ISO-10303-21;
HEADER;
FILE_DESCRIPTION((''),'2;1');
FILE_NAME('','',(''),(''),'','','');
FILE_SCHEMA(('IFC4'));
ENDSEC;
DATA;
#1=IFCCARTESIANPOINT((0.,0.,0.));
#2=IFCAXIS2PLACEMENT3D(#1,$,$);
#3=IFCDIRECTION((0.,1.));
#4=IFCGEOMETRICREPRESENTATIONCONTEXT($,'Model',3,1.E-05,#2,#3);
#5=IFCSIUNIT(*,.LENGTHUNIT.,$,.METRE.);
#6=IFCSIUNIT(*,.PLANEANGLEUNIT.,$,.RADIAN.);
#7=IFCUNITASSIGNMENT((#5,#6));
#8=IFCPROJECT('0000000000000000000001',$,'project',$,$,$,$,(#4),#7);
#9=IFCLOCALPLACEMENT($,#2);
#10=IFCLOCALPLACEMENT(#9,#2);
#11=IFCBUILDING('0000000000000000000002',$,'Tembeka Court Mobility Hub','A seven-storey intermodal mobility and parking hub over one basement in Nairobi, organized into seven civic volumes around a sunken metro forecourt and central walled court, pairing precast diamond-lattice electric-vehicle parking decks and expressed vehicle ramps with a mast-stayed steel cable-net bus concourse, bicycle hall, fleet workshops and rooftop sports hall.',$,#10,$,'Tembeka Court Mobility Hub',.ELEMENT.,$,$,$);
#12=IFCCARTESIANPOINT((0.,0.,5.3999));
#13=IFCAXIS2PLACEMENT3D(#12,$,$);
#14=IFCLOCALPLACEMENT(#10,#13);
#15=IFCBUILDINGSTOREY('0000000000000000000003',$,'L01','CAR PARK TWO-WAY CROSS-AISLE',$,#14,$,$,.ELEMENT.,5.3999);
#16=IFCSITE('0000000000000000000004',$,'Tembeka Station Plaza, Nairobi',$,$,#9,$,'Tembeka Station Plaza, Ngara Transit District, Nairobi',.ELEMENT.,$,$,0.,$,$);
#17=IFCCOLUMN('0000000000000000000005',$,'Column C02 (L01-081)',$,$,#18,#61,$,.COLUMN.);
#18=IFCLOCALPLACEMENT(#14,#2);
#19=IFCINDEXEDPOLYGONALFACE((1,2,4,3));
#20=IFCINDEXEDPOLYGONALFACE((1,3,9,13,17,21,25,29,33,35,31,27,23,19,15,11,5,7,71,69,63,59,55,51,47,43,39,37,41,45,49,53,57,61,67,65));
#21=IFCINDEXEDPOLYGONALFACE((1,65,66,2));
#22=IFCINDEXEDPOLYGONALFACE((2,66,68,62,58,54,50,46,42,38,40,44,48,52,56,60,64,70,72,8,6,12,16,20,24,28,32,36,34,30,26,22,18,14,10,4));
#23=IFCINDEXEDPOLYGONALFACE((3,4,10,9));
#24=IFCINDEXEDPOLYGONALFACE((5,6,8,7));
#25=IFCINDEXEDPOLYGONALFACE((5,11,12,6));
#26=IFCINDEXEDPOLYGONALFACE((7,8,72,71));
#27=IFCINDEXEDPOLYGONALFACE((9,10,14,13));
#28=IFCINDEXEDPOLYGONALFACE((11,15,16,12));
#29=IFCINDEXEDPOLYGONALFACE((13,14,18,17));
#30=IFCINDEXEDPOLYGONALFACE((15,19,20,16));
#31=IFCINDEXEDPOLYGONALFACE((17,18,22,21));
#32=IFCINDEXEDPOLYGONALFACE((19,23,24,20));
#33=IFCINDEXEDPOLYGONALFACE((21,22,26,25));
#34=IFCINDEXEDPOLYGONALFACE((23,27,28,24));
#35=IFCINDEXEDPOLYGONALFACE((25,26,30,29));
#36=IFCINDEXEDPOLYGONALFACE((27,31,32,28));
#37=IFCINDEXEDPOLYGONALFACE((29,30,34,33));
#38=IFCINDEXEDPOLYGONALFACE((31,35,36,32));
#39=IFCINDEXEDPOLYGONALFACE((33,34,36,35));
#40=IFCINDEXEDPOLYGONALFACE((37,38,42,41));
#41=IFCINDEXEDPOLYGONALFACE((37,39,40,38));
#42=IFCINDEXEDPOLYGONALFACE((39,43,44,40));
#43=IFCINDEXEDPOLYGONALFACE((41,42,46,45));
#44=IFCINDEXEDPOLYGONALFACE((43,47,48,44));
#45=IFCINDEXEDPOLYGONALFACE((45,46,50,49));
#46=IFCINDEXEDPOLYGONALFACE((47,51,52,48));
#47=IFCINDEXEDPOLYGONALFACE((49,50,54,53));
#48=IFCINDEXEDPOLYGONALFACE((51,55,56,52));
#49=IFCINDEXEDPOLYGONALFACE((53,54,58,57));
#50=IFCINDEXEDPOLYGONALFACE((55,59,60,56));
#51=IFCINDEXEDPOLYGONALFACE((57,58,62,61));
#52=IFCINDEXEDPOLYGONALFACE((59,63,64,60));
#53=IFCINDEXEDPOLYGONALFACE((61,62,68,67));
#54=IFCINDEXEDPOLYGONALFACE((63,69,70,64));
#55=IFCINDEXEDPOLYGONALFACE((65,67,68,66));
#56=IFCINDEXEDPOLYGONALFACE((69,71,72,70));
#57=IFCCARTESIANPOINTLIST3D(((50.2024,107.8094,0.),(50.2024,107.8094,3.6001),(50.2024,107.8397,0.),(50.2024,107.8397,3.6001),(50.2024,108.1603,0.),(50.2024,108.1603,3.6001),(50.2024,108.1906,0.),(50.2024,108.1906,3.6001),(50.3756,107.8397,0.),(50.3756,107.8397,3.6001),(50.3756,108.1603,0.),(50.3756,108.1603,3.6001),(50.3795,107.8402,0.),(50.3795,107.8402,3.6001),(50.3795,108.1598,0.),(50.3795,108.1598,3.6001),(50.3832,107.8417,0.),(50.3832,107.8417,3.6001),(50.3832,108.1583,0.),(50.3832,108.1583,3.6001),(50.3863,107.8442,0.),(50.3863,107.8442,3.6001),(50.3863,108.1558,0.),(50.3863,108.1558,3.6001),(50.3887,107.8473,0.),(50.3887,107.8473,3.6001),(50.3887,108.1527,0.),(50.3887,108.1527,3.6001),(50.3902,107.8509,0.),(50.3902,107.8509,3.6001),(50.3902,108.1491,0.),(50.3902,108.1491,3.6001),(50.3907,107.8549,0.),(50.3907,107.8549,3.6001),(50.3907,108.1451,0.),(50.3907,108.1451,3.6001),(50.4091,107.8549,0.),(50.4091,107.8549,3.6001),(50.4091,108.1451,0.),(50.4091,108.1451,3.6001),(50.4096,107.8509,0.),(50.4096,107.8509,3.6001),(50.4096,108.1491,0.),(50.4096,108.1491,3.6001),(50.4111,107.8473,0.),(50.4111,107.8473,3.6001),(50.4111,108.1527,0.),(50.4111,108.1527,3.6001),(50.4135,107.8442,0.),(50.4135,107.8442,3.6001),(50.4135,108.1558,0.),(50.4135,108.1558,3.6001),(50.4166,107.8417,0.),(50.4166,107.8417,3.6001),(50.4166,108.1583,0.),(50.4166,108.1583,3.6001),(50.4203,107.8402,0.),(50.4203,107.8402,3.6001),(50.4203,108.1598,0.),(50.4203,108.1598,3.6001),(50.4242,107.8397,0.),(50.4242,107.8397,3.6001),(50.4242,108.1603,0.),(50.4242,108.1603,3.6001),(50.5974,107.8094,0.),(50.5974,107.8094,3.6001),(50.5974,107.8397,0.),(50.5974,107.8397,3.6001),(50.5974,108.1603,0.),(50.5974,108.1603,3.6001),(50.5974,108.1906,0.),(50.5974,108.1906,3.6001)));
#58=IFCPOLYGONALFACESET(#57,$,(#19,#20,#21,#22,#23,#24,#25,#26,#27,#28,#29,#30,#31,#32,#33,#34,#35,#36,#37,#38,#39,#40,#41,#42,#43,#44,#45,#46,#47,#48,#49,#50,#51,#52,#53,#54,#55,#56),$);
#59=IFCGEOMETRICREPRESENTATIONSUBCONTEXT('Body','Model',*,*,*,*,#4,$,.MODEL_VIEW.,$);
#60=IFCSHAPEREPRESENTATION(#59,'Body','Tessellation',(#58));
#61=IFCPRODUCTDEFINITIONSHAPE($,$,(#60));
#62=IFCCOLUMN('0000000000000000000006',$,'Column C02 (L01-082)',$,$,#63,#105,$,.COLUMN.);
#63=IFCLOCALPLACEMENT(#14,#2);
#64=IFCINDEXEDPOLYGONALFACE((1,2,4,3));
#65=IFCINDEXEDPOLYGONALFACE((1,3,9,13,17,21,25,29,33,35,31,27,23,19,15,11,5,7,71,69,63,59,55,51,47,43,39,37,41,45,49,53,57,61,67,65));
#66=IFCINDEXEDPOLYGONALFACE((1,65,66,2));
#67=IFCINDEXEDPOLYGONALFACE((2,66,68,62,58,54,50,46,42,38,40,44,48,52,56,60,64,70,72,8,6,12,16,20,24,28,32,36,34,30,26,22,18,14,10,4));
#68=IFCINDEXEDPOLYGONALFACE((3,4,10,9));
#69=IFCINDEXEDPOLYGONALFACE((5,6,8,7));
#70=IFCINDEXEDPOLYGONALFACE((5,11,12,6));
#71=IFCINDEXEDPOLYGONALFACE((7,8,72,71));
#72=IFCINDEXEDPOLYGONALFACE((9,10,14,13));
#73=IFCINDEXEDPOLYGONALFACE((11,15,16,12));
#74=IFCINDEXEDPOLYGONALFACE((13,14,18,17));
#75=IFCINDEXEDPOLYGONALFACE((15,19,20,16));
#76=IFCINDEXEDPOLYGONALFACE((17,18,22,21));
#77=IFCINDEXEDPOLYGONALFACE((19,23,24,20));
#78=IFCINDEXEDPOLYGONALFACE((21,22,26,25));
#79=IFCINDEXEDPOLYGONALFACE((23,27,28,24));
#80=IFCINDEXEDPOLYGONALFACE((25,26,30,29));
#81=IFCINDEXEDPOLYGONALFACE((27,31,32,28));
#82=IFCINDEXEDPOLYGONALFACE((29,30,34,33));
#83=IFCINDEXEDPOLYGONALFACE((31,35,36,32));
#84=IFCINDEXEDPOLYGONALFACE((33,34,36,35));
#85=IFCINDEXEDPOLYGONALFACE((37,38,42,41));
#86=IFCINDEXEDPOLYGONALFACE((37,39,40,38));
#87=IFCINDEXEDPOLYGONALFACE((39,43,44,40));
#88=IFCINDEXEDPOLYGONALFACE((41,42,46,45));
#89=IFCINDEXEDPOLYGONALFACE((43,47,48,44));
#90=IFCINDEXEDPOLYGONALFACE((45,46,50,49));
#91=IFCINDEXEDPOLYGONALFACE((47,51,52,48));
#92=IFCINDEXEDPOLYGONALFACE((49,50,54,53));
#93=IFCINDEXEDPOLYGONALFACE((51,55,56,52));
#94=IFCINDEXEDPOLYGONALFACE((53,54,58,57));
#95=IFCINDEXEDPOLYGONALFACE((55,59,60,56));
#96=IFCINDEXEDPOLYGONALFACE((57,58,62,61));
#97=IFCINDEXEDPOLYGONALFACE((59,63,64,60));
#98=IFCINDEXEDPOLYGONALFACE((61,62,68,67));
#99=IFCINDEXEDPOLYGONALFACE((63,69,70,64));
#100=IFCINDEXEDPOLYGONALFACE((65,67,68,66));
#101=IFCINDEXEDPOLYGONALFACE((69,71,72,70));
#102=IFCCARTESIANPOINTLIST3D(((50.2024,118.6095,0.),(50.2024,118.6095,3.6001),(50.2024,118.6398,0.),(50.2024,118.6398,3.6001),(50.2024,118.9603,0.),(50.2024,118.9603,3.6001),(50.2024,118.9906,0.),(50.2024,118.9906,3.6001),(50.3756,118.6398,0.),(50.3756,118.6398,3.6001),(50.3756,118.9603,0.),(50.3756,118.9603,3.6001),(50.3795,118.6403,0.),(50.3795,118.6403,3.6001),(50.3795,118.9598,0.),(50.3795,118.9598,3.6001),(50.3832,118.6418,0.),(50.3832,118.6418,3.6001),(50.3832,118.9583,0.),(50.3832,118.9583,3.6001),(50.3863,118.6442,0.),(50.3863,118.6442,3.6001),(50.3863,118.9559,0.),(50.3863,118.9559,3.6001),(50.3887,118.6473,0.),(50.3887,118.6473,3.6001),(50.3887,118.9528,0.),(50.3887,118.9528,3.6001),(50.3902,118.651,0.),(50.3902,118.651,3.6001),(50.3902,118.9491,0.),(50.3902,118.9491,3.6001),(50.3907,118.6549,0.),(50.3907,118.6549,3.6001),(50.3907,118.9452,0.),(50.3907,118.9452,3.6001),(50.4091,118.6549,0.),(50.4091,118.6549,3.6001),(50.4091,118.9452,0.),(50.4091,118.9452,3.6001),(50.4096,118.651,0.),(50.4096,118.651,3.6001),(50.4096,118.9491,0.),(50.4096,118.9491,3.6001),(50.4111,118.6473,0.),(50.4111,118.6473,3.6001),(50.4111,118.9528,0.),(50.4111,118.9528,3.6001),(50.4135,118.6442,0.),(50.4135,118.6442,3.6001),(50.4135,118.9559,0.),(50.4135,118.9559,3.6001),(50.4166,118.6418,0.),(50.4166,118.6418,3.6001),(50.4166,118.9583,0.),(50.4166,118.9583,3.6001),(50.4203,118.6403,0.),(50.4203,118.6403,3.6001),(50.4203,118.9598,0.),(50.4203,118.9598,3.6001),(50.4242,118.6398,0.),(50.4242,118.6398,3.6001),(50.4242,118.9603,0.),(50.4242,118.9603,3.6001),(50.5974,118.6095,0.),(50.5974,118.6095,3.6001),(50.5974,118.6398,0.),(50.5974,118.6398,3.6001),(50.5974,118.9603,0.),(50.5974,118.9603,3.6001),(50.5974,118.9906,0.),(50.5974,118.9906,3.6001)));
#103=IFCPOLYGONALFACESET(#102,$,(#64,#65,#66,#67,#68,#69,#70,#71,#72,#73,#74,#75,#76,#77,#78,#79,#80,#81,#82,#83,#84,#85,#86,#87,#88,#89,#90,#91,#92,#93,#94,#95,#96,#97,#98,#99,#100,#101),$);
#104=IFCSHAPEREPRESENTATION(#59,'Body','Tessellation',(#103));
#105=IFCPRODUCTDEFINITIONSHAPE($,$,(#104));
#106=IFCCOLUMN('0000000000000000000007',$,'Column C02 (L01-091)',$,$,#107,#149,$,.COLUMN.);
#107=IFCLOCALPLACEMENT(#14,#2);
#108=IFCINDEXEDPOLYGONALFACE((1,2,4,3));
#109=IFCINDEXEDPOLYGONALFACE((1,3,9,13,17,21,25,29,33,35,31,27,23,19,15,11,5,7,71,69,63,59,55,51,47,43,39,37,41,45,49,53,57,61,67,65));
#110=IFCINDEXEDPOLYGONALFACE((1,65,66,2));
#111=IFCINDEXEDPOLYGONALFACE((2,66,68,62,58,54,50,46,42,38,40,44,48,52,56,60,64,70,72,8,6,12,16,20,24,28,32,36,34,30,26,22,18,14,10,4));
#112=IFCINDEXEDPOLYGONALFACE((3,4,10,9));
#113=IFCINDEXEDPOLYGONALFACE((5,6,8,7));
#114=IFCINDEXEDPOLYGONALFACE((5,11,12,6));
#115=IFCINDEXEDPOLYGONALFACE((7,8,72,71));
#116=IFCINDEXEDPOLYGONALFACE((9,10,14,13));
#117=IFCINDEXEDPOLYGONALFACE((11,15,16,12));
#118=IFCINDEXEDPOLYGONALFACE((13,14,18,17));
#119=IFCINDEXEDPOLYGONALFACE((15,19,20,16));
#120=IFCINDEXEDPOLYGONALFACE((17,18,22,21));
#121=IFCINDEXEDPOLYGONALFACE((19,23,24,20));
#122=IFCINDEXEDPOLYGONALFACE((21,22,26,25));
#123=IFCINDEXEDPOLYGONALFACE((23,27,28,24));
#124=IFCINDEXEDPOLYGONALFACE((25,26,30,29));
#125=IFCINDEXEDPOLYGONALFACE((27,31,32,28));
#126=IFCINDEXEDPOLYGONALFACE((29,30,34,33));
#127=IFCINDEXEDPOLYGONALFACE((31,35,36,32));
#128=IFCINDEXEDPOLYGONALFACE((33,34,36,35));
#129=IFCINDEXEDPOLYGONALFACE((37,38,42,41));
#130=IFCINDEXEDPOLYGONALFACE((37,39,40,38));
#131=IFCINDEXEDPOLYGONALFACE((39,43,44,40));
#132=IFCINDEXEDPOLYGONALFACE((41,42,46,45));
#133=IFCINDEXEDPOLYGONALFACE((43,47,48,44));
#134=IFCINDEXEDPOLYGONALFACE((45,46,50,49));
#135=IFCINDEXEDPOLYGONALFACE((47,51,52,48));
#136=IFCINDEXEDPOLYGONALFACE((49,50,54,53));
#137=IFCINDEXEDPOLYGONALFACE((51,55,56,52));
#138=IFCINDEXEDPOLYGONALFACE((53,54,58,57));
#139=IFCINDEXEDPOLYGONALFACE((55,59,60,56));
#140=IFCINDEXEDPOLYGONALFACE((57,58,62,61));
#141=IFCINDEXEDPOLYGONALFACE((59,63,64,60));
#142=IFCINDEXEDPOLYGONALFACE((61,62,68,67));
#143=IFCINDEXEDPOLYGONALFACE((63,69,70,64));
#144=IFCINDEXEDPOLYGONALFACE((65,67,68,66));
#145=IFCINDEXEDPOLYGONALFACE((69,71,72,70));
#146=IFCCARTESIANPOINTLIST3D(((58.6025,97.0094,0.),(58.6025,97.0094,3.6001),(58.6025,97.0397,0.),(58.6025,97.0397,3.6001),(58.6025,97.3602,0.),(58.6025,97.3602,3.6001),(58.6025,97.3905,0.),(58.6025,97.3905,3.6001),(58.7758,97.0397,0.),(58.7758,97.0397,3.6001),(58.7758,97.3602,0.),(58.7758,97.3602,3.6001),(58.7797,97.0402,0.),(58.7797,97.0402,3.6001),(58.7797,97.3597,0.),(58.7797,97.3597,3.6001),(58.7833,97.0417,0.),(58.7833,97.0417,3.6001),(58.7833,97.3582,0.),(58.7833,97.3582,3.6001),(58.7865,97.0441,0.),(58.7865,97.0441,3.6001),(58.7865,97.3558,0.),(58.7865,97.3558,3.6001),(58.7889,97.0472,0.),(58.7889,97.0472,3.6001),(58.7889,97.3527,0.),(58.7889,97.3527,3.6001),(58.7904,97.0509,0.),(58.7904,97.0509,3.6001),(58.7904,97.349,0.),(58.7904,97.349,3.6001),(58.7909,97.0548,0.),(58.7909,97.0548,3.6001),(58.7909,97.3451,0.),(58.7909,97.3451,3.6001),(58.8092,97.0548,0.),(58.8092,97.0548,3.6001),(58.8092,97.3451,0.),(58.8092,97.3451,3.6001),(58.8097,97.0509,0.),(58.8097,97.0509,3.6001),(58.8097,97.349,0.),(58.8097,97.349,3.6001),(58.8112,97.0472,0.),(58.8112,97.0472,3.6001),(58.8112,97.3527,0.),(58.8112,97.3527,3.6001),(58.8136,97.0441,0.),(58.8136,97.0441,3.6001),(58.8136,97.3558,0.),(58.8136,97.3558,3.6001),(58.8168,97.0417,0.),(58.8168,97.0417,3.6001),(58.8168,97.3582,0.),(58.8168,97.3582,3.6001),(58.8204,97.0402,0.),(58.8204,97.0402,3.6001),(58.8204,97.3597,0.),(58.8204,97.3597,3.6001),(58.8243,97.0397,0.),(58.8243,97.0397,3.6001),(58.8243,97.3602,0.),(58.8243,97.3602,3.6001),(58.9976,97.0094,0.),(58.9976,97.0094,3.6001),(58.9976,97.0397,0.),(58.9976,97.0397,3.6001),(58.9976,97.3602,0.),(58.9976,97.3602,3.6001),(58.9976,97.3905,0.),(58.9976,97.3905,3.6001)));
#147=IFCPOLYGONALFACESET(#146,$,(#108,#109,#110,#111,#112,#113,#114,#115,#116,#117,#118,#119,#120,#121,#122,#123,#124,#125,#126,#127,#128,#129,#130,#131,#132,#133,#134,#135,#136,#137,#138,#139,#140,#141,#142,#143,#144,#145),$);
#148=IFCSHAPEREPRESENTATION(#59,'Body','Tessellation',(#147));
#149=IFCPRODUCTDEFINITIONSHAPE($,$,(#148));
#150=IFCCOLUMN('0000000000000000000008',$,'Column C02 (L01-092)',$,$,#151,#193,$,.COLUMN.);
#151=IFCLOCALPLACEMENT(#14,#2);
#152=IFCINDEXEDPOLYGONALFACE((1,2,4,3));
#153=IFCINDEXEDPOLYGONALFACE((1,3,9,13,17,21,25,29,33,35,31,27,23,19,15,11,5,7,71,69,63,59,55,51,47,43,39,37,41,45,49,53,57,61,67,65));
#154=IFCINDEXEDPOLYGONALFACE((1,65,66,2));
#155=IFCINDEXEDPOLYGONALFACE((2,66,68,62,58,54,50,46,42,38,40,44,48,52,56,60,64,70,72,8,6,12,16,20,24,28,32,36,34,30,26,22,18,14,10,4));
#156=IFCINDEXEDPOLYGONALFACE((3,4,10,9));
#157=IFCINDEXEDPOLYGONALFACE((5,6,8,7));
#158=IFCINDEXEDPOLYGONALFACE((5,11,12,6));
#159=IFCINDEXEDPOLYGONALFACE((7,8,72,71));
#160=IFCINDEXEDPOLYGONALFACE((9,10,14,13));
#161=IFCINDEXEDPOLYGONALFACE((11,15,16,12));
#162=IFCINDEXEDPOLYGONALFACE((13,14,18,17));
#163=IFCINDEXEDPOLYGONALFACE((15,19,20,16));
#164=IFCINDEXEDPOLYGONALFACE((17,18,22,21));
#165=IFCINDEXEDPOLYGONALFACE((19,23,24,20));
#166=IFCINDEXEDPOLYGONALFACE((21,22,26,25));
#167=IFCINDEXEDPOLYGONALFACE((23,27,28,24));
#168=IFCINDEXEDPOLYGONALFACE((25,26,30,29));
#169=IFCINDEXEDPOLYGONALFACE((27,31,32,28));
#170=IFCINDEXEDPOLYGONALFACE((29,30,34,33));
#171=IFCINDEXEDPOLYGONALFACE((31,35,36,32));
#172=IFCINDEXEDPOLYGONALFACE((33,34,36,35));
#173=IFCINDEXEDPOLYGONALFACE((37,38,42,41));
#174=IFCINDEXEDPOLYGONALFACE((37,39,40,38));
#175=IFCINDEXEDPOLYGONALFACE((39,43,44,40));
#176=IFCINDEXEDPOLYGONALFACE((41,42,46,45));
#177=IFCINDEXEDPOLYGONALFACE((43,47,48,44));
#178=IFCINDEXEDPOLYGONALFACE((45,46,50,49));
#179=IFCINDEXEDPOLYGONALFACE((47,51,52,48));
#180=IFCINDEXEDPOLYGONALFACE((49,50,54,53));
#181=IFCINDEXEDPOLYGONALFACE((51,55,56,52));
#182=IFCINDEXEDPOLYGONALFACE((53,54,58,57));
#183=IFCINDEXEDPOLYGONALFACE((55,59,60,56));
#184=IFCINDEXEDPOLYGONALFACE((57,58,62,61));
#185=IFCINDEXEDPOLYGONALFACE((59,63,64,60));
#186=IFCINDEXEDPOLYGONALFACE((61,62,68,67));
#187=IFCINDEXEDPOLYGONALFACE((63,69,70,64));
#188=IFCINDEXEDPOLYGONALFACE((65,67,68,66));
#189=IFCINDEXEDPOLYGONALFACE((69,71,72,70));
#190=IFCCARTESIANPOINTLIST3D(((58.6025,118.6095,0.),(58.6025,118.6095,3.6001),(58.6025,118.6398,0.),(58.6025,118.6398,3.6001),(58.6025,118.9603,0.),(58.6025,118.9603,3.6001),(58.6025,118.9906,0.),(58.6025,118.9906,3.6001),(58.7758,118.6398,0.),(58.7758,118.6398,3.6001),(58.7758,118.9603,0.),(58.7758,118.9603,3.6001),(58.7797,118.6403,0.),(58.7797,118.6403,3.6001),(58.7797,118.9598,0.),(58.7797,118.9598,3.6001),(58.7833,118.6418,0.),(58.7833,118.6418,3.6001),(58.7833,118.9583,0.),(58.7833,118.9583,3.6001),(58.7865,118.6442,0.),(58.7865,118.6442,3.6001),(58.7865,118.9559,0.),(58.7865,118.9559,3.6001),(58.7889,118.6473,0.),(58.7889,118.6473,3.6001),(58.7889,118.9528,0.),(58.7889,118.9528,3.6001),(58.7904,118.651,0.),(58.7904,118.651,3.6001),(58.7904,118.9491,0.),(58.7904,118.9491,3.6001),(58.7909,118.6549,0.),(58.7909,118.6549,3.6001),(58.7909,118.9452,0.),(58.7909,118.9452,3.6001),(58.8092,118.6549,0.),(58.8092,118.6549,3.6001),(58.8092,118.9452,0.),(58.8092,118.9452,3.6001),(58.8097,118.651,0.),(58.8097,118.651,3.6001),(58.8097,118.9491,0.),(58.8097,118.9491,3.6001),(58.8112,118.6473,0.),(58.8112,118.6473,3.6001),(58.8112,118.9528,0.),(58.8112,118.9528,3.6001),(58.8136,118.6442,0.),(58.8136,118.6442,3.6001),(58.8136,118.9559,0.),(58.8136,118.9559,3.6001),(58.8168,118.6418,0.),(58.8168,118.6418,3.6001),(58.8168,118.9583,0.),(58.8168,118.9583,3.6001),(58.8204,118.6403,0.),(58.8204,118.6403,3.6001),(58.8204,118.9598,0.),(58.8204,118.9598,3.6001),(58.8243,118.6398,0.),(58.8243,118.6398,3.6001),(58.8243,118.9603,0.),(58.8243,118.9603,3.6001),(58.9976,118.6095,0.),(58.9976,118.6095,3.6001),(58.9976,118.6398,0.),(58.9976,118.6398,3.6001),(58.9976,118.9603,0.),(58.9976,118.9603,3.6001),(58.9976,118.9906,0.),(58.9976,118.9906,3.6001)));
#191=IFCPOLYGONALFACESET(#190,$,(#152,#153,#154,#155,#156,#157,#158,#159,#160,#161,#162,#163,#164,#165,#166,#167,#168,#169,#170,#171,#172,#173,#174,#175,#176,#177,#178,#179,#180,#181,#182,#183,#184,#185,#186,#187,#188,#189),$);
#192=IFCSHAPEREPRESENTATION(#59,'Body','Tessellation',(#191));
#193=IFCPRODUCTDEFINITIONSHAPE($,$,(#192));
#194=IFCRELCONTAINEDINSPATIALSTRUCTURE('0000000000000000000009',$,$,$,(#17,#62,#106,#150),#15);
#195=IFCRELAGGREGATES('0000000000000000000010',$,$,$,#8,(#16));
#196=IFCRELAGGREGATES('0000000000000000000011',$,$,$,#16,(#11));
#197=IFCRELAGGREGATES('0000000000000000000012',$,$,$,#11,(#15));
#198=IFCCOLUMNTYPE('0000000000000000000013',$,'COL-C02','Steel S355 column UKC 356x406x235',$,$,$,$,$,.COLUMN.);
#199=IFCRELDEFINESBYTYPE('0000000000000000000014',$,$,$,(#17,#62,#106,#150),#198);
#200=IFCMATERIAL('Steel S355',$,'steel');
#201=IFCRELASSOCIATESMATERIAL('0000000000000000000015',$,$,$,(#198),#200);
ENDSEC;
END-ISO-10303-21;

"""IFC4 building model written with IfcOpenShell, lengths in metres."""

from ifc_helpers import new_model, si_unit, direction, frame, origin, origin_2d, place, context, subcontext, project, spatial, i_section, extrude, material, material_profile, profile_set, type_object, element, save


model = new_model("IFC4")

# Units and contexts
model_context = context("Model", 3, precision=1e-05, world=origin(), true_north=direction((0.0, 1.0)))
body_context = subcontext(model_context, "Body", "Model", "MODEL_VIEW")
ifc_project = project(units=[si_unit("LENGTHUNIT", "METRE"), si_unit("PLANEANGLEUNIT", "RADIAN")], contexts=[model_context])

# Site, building, storey
site_placement = place(None, origin())
site = spatial("IfcSite", under=ifc_project, at=site_placement, Name="Tembeka Station Plaza, Nairobi", LongName="Tembeka Station Plaza, Ngara Transit District, Nairobi", CompositionType="ELEMENT", RefElevation=0.0)
building_placement = place(site_placement, origin())
building = spatial("IfcBuilding", under=site, at=building_placement, Name="Tembeka Court Mobility Hub", Description="A seven-storey intermodal mobility and parking hub over one basement in Nairobi, organized into seven civic volumes around a sunken metro forecourt and central walled court, pairing precast diamond-lattice electric-vehicle parking decks and expressed vehicle ramps with a mast-stayed steel cable-net bus concourse, bicycle hall, fleet workshops and rooftop sports hall.", LongName="Tembeka Court Mobility Hub", CompositionType="ELEMENT")
storey_placement = place(building_placement, frame((0.0, 0.0, 5.3999)))
storey = spatial("IfcBuildingStorey", under=building, at=storey_placement, Name="L01", Description="CAR PARK TWO-WAY CROSS-AISLE", CompositionType="ELEMENT", Elevation=5.3999)

# Columns
ifc_material_1 = material(Name="Steel S355", Category="steel")
ifc_material_profile_1 = material_profile(ifc_material_1, i_section(OverallWidth=0.395, OverallDepth=0.3811, WebThickness=0.0183, FlangeThickness=0.0303, FilletRadius=0.0151, at=origin_2d()), Name="UKC 356x406x235")
ifc_profile_set_1 = profile_set([ifc_material_profile_1], Name="Steel S355")
column_type = type_object("IfcColumnType", Name="COL-C02", Description="Steel S355 column UKC 356x406x235", PredefinedType="COLUMN", material=ifc_profile_set_1)
for number, where, z_axis, x_axis, name in (
    (1, (50.3999, 108.0, 0.0), (0.0, 0.0, 1.0), (1.0, 0.0, 0.0), "Column C02 (L01-081)"),
    (2, (50.3999, 118.8, 0.0), (0.0, 0.0, 1.0), (1.0, 0.0, 0.0), "Column C02 (L01-082)"),
    (3, (58.8, 97.2, 0.0), (0.0, 0.0, 1.0), (1.0, 0.0, 0.0), "Column C02 (L01-091)"),
    (4, (58.8, 118.8, 0.0), (0.0, 0.0, 1.0), (1.0, 0.0, 0.0), "Column C02 (L01-092)"),
):
    element("IfcColumn", number, at=place(storey_placement, frame(where, z_axis=z_axis, x_axis=x_axis)), inside=storey, type_object=column_type, Name=name, PredefinedType="COLUMN", context=body_context, shape_type="SweptSolid", body=[
        extrude(i_section(OverallWidth=0.395, OverallDepth=0.3811, WebThickness=0.0183, FlangeThickness=0.0303, FilletRadius=0.0151, at=origin_2d()), origin(), (0.0, 0.0, 1.0), 3.6001),
    ])

save(model, "model.ifc")
